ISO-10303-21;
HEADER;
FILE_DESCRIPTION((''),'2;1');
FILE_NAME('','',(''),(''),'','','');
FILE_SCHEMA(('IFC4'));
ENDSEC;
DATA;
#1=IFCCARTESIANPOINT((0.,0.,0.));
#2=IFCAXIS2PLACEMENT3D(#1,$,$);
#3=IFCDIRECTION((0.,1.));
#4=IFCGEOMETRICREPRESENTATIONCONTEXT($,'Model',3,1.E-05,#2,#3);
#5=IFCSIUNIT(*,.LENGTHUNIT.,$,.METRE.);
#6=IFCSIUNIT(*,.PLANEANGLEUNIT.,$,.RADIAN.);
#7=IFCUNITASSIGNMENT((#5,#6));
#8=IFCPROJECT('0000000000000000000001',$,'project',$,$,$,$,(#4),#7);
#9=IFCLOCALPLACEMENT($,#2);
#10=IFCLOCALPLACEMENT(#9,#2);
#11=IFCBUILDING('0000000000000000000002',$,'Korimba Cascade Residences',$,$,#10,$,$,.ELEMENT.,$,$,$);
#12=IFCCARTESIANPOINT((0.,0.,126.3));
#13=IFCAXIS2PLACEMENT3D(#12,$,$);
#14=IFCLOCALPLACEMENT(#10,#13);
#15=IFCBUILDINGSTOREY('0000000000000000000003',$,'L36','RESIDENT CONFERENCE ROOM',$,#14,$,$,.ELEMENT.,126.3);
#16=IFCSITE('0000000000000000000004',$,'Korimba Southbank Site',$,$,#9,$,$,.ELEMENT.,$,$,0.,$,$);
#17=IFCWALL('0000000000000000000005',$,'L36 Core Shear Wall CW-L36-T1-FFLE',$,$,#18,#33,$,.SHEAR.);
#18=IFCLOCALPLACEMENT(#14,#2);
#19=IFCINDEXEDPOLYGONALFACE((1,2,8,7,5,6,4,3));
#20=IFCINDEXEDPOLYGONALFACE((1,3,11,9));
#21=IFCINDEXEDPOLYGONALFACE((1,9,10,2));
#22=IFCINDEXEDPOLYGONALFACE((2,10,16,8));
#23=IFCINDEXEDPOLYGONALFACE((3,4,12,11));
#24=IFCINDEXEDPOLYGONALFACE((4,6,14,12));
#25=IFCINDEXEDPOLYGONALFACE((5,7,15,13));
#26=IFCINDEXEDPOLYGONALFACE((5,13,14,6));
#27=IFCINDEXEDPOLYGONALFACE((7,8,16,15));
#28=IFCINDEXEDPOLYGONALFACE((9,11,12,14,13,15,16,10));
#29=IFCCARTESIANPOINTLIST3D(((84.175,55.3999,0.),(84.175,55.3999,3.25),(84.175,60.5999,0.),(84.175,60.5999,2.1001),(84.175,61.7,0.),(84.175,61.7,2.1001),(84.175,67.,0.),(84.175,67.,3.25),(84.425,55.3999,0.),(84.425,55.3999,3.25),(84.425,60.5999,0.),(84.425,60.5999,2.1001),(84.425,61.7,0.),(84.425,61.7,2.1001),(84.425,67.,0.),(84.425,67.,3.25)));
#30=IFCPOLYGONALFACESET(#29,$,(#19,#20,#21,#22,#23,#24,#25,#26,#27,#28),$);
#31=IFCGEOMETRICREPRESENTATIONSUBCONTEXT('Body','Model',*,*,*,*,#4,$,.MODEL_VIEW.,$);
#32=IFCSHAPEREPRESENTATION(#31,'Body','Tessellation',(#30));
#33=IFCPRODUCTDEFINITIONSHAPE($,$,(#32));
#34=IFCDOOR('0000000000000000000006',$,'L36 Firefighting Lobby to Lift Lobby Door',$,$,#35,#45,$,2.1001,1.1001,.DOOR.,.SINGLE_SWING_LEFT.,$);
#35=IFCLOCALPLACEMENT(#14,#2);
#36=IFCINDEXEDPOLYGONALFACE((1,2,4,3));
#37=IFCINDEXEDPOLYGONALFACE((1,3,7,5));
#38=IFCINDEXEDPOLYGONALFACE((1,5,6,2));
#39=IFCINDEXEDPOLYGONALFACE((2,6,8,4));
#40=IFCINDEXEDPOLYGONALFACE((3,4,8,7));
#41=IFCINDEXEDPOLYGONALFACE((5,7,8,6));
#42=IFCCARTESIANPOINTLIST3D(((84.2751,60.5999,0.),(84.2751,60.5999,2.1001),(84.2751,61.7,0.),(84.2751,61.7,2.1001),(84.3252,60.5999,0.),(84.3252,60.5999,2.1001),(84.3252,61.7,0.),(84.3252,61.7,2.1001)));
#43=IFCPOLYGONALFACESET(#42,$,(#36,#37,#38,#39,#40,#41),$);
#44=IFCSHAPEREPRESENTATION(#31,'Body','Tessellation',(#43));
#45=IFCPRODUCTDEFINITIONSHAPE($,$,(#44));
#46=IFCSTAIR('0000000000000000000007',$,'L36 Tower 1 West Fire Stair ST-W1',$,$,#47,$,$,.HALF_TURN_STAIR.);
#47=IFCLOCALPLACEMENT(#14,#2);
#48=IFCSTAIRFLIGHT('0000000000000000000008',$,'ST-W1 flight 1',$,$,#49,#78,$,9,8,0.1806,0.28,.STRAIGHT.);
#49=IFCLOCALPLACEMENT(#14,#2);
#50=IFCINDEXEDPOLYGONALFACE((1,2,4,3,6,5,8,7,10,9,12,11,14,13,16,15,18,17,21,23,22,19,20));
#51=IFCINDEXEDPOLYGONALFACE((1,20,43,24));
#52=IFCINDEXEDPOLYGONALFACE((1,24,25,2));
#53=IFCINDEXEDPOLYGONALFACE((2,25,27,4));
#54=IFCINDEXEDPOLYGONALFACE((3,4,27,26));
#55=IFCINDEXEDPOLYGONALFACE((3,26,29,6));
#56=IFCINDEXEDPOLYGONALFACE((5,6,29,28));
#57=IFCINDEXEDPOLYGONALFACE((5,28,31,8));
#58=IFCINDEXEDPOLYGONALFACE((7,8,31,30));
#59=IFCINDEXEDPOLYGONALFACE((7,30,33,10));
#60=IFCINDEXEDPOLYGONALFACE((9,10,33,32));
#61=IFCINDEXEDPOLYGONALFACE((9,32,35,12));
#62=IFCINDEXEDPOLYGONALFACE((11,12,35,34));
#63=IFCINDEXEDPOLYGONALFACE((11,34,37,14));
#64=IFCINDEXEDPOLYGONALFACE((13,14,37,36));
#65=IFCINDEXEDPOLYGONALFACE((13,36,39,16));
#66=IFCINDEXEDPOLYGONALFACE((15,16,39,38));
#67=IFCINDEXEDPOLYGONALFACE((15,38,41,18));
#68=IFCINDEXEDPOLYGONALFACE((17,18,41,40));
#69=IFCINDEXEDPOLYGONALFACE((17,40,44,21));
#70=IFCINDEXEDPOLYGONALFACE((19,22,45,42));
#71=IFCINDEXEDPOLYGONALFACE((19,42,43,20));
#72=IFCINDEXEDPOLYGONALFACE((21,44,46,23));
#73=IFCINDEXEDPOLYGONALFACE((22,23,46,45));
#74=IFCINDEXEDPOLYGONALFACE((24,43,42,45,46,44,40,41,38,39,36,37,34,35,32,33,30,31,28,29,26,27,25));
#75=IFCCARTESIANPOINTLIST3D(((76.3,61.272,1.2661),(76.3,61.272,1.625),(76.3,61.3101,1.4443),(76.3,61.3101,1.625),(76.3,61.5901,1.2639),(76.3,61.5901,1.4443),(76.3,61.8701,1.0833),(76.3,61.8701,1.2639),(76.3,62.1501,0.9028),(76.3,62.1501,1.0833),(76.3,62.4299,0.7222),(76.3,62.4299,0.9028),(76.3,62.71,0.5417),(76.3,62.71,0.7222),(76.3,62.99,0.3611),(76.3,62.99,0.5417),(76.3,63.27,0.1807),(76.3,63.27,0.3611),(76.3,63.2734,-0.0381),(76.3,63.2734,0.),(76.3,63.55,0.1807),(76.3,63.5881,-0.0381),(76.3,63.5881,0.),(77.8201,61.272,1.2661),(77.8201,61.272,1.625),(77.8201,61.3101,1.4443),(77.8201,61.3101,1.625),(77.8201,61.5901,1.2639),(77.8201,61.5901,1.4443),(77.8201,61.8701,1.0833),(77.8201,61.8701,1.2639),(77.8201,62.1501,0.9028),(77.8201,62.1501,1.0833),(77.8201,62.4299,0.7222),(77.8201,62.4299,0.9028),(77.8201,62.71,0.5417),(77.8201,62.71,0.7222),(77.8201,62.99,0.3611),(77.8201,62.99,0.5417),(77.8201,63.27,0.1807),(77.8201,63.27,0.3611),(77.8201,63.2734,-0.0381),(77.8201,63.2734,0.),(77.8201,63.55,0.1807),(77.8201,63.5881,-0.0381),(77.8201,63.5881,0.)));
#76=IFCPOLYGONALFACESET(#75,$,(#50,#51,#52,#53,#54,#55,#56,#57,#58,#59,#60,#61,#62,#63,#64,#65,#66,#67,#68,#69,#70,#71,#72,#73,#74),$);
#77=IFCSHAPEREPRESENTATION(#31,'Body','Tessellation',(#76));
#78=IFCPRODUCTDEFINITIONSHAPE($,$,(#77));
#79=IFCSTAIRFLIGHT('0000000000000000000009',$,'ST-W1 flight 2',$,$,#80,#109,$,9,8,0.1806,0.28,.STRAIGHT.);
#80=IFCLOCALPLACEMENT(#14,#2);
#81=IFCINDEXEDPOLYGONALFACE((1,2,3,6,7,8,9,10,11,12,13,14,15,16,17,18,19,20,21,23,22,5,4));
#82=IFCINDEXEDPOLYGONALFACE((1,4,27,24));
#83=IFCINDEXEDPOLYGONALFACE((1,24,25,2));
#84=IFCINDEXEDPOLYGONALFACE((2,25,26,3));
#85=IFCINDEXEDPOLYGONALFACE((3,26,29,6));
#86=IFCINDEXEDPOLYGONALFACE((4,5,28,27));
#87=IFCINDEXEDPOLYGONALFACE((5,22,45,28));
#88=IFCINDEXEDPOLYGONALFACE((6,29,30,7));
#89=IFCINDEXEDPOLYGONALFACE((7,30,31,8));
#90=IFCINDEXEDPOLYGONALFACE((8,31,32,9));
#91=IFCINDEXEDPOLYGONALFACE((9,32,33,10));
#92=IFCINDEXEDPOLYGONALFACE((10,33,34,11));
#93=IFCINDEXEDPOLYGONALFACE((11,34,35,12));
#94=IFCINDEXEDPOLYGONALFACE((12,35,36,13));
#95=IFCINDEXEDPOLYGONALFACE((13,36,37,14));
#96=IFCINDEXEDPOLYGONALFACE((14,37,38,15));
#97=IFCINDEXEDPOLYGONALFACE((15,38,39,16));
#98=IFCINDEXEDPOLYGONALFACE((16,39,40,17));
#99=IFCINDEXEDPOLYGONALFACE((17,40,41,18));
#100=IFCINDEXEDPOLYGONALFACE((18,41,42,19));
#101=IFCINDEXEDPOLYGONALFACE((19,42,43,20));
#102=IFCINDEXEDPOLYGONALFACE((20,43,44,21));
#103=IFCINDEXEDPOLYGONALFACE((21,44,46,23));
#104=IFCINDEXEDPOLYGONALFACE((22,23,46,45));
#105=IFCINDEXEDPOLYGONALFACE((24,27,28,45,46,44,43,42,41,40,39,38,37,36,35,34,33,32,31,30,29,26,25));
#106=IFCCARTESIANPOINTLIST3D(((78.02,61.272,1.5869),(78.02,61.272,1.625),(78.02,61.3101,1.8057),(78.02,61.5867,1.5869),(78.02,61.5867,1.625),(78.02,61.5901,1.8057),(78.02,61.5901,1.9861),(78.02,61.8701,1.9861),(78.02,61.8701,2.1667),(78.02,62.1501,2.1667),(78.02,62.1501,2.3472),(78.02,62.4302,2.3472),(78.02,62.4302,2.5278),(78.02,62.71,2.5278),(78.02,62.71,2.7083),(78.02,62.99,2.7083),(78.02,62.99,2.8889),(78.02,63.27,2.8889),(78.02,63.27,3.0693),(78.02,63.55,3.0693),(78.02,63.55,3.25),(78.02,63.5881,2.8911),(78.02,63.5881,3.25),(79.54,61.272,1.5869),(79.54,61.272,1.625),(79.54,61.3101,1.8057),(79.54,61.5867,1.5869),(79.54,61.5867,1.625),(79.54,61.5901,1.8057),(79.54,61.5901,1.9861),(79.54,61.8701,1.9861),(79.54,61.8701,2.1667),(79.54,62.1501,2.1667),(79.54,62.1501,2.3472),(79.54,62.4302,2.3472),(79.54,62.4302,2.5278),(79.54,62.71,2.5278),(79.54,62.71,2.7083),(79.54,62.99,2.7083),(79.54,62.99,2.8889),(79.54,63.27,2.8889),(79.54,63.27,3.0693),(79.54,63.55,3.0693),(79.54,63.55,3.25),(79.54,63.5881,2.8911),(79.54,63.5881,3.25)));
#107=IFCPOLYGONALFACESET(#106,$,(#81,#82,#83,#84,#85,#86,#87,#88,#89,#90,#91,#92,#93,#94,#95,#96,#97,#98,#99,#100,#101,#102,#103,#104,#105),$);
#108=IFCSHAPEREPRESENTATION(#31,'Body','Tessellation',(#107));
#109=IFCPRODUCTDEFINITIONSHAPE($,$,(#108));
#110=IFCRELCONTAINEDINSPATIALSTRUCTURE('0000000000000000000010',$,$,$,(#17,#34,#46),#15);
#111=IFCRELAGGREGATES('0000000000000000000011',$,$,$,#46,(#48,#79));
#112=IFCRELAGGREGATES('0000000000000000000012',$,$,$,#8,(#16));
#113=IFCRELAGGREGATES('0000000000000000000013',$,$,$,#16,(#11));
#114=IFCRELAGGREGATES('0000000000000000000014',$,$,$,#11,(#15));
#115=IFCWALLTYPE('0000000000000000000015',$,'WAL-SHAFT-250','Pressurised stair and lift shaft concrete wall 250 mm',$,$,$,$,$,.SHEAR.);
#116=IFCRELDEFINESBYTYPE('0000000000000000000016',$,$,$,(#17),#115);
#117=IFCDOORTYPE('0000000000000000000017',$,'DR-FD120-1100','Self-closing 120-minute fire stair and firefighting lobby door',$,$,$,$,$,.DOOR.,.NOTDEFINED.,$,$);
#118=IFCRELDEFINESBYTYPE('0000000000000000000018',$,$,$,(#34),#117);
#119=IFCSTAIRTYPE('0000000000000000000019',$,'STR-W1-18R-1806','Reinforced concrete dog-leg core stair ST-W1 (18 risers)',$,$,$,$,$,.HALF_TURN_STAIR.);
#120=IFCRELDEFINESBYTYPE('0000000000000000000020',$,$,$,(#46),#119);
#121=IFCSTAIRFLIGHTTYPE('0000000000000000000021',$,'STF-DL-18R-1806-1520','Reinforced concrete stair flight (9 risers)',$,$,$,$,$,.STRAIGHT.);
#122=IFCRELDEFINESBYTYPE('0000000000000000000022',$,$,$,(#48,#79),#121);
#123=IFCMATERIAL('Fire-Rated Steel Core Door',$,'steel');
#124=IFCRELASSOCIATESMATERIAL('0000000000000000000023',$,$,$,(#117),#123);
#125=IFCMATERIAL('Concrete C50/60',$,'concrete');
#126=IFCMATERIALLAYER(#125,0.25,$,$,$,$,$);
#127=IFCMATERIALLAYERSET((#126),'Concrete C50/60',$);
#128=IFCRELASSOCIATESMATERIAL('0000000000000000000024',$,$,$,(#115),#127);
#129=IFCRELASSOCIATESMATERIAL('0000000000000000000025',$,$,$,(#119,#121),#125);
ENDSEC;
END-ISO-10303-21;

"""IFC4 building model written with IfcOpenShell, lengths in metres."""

from ifc_helpers import new_model, si_unit, direction, frame, frame_2d, origin, place, context, subcontext, project, spatial, polyline, rectangle, outline, extrude, material, layer, layer_set, type_object, element, fill, aggregate, save


model = new_model("IFC4")

# Units and contexts
model_context = context("Model", 3, precision=1e-05, world=origin(), true_north=direction((0.0, 1.0)))
body_context = subcontext(model_context, "Body", "Model", "MODEL_VIEW")
ifc_project = project(units=[si_unit("LENGTHUNIT", "METRE"), si_unit("PLANEANGLEUNIT", "RADIAN")], contexts=[model_context])

# Site, building, storey
site_placement = place(None, origin())
site = spatial("IfcSite", under=ifc_project, at=site_placement, Name="Korimba Southbank Site", CompositionType="ELEMENT", RefElevation=0.0)
building_placement = place(site_placement, origin())
building = spatial("IfcBuilding", under=site, at=building_placement, Name="Korimba Cascade Residences", CompositionType="ELEMENT")
storey_placement = place(building_placement, frame((0.0, 0.0, 126.3)))
storey = spatial("IfcBuildingStorey", under=building, at=storey_placement, Name="L36", Description="RESIDENT CONFERENCE ROOM", CompositionType="ELEMENT", Elevation=126.3)

# Shared definitions
ifc_material_1 = material(Name="Fire-Rated Steel Core Door", Category="steel")
door_type_1 = type_object("IfcDoorType", Name="DR-FD120-1100", Description="Self-closing 120-minute fire stair and firefighting lobby door", OperationType="NOTDEFINED", PredefinedType="DOOR", material=ifc_material_1)

# Shared definitions
ifc_material_2 = material(Name="Concrete C50/60", Category="concrete")
ifc_layer_1 = layer(ifc_material_2, 0.25)
ifc_layer_set_1 = layer_set([ifc_layer_1], Name="Concrete C50/60")
wall_type_1 = type_object("IfcWallType", Name="WAL-SHAFT-250", Description="Pressurised stair and lift shaft concrete wall 250 mm", PredefinedType="SHEAR", material=ifc_layer_set_1)

# Wall, opening, door
wall_1_placement = place(storey_placement, frame((84.3, 55.3999, 0.0), z_axis=(0.0, 0.0, 1.0), x_axis=(0.0, 1.0, 0.0)))
wall_1 = element("IfcWall", 1, at=wall_1_placement, inside=storey, type_object=wall_type_1, Name="L36 Core Shear Wall CW-L36-T1-FFLE", PredefinedType="SHEAR", context=body_context, shape_type="SweptSolid", body=[
    extrude(rectangle(XDim=11.6001, YDim=0.25, at=frame_2d((5.8, 0.0))), origin(), (0.0, 0.0, 1.0), 3.25),
])
opening_1_placement = place(wall_1_placement, frame((5.2, 0.0, 0.0)))
opening_1 = element("IfcOpeningElement", 2, at=opening_1_placement, cuts=wall_1, PredefinedType="OPENING", context=body_context, shape_type="SweptSolid", body=[
    extrude(rectangle(XDim=1.1001, YDim=2.1001, at=frame_2d((0.55, 1.05))), frame((0.0, 0.135, 0.0), z_axis=(0.0, -1.0, 0.0), x_axis=(1.0, 0.0, 0.0)), (0.0, 0.0, 1.0), 0.27),
])
door_1_placement = place(opening_1_placement, origin())
door_1 = element("IfcDoor", 3, at=door_1_placement, inside=storey, type_object=door_type_1, Name="L36 Firefighting Lobby to Lift Lobby Door", OperationType="SINGLE_SWING_LEFT", OverallHeight=2.1001, OverallWidth=1.1001, PredefinedType="DOOR", context=body_context, shape_type="SweptSolid", body=[
    extrude(rectangle(XDim=1.1001, YDim=2.1001, at=frame_2d((0.55, 1.05))), frame((0.0, 0.0249, 0.0), z_axis=(0.0, -1.0, 0.0), x_axis=(1.0, 0.0, 0.0)), (0.0, 0.0, 1.0), 0.05),
])
fill(opening_1, door_1)

# Stair, stair flights
stair_type = type_object("IfcStairType", Name="STR-W1-18R-1806", Description="Reinforced concrete dog-leg core stair ST-W1 (18 risers)", PredefinedType="HALF_TURN_STAIR", material=ifc_material_2)
stair_placement = place(storey_placement, origin())
stair = element("IfcStair", 4, at=stair_placement, inside=storey, type_object=stair_type, Name="L36 Tower 1 West Fire Stair ST-W1", PredefinedType="HALF_TURN_STAIR")
stair_flight_type = type_object("IfcStairFlightType", Name="STF-DL-18R-1806-1520", Description="Reinforced concrete stair flight (9 risers)", PredefinedType="STRAIGHT", material=ifc_material_2)
stair_flight_1_placement = place(storey_placement, frame((77.0601, 63.55, 0.0), z_axis=(0.0, 0.0, 1.0), x_axis=(0.0, -1.0, 0.0)))
stair_flight_1 = element("IfcStairFlight", 5, at=stair_flight_1_placement, type_object=stair_flight_type, Name="ST-W1 flight 1", NumberOfRisers=9, NumberOfTreads=8, PredefinedType="STRAIGHT", RiserHeight=0.1806, TreadLength=0.28, context=body_context, shape_type="SweptSolid", body=[
    extrude(outline(polyline([(-0.0381, 0.0), (0.0, 0.1807), (0.28, 0.1807), (0.28, 0.3611), (0.5601, 0.3611), (0.5601, 0.5417), (0.8401, 0.5417), (0.8401, 0.7222), (1.1201, 0.7222), (1.1201, 0.9028), (1.3999, 0.9028), (1.3999, 1.0833), (1.6799, 1.0833), (1.6799, 1.2639), (1.96, 1.2639), (1.96, 1.4443), (2.24, 1.4443), (2.24, 1.625), (2.2781, 1.625), (2.2781, 1.2661), (0.2766, 0.0), (0.2766, -0.0381), (-0.0381, -0.0381), (-0.0381, 0.0)])), frame((0.0, 0.76, 0.0), z_axis=(0.0, -1.0, 0.0), x_axis=(1.0, 0.0, 0.0)), (0.0, 0.0, 1.0), 1.52),
])
stair_flight_2_placement = place(storey_placement, frame((78.78, 61.3101, 1.625), z_axis=(0.0, 0.0, 1.0), x_axis=(0.0, 1.0, 0.0)))
stair_flight_2 = element("IfcStairFlight", 6, at=stair_flight_2_placement, type_object=stair_flight_type, Name="ST-W1 flight 2", NumberOfRisers=9, NumberOfTreads=8, PredefinedType="STRAIGHT", RiserHeight=0.1806, TreadLength=0.28, context=body_context, shape_type="SweptSolid", body=[
    extrude(outline(polyline([(-0.0381, 0.0), (0.0, 0.1807), (0.28, 0.1807), (0.28, 0.3611), (0.5601, 0.3611), (0.5601, 0.5417), (0.8401, 0.5417), (0.8401, 0.7222), (1.1201, 0.7222), (1.1201, 0.9028), (1.3999, 0.9028), (1.3999, 1.0833), (1.6799, 1.0833), (1.6799, 1.2639), (1.96, 1.2639), (1.96, 1.4443), (2.24, 1.4443), (2.24, 1.625), (2.2781, 1.625), (2.2781, 1.2661), (0.2766, 0.0), (0.2766, -0.0381), (-0.0381, -0.0381), (-0.0381, 0.0)])), frame((0.0, 0.76, 0.0), z_axis=(0.0, -1.0, 0.0), x_axis=(1.0, 0.0, 0.0)), (0.0, 0.0, 1.0), 1.52),
])
aggregate(stair, [stair_flight_1, stair_flight_2])

save(model, "model.ifc")
